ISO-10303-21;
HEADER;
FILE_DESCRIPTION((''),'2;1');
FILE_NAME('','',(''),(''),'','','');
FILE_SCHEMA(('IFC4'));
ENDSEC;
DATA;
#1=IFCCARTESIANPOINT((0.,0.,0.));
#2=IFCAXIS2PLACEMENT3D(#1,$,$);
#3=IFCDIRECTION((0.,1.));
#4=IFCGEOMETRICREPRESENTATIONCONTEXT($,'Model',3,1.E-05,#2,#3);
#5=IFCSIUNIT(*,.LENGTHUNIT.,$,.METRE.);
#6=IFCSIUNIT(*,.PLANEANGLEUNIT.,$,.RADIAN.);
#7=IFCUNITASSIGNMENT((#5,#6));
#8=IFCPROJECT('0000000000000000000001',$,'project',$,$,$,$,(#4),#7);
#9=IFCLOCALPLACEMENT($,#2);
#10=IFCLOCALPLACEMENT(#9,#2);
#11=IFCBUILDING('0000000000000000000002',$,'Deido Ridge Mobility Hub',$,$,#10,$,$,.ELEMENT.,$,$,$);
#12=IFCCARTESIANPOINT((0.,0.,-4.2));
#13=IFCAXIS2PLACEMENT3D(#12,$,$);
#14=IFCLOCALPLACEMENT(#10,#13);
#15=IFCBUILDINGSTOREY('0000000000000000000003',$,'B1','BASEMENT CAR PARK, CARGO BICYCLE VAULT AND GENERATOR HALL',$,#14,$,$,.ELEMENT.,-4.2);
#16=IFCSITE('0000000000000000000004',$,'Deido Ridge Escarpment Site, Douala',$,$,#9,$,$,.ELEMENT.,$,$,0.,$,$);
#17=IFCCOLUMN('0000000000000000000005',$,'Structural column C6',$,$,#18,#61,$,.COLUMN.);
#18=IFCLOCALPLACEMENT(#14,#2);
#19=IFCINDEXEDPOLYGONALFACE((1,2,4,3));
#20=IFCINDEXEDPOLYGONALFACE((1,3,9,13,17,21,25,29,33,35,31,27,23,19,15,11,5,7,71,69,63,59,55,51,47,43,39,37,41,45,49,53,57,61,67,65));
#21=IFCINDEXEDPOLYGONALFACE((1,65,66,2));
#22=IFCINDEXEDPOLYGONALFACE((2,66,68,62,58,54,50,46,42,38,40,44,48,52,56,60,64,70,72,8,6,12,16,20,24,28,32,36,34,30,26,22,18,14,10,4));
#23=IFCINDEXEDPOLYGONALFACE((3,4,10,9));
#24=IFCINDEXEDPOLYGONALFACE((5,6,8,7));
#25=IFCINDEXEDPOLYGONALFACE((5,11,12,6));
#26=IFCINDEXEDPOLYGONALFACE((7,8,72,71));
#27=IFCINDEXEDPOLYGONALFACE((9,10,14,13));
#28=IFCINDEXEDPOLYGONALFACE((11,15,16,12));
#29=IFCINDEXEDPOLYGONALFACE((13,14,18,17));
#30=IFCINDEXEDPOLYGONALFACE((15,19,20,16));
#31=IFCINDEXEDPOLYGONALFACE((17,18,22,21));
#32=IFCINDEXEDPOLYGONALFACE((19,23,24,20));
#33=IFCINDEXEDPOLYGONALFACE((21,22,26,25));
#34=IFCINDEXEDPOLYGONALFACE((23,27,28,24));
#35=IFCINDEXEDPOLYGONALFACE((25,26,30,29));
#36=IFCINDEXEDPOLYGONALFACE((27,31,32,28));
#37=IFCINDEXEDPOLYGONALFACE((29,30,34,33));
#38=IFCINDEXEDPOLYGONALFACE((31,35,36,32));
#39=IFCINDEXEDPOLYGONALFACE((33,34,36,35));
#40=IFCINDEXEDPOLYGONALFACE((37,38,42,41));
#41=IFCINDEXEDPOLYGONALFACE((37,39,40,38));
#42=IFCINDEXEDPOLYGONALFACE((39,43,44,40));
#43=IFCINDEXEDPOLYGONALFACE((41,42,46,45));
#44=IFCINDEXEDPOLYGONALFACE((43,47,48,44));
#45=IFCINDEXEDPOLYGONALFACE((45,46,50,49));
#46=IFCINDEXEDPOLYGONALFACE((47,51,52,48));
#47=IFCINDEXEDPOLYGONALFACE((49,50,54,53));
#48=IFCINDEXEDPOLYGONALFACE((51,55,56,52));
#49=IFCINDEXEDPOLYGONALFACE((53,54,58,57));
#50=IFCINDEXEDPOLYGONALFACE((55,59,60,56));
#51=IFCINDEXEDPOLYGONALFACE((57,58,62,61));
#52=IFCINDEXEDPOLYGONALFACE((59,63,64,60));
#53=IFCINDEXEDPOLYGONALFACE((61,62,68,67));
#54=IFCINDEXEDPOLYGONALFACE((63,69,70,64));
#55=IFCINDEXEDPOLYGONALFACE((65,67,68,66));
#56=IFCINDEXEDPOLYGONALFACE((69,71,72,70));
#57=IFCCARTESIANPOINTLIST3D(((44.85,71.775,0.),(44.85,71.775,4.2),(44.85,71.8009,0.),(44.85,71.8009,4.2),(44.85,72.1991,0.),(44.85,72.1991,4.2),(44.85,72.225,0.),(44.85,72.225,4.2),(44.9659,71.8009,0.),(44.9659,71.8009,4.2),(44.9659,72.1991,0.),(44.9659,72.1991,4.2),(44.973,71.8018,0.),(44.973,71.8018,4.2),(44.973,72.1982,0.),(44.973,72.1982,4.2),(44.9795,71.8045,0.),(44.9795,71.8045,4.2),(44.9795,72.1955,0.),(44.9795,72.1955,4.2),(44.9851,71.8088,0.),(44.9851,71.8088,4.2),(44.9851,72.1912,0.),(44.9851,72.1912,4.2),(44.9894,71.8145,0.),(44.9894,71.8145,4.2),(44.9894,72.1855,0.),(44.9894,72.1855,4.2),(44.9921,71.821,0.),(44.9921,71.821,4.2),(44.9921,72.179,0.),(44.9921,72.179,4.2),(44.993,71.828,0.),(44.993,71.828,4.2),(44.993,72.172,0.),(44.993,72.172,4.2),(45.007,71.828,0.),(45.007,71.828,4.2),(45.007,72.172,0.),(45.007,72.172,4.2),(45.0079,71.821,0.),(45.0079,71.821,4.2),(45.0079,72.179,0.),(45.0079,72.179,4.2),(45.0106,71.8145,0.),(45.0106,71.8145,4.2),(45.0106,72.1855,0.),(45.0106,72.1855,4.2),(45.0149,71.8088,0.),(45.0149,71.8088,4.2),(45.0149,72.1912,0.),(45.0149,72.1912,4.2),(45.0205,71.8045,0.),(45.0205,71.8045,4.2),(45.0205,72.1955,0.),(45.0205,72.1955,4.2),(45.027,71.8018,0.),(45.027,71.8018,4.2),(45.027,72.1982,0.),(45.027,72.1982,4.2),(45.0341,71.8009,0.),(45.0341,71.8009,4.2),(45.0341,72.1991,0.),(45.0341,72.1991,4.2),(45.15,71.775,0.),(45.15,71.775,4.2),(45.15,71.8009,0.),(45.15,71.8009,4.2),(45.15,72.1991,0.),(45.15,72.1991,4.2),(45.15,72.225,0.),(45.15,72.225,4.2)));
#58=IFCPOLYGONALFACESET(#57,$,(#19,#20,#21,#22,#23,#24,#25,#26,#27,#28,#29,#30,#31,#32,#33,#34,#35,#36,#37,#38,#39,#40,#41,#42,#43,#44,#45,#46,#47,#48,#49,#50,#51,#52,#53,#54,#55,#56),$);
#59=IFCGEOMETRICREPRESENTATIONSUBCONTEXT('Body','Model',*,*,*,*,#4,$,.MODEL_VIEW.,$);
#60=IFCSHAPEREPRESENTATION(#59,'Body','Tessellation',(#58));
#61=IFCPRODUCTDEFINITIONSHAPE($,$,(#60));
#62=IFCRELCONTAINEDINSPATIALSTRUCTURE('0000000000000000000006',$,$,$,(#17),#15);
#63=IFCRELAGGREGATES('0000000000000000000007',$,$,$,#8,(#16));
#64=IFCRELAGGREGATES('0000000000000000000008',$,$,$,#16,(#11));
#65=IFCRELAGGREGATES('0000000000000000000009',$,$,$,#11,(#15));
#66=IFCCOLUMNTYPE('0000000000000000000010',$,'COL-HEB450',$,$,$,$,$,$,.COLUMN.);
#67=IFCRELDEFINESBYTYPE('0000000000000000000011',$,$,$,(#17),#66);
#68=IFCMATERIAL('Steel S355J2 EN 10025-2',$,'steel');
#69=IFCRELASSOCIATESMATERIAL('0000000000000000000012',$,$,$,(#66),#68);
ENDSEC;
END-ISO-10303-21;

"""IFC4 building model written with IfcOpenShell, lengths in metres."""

from ifc_helpers import new_model, si_unit, direction, frame, origin, origin_2d, place, context, subcontext, project, spatial, i_section, extrude, material, material_profile, profile_set, type_object, element, save


model = new_model("IFC4")

# Units and contexts
model_context = context("Model", 3, precision=1e-05, world=origin(), true_north=direction((0.0, 1.0)))
body_context = subcontext(model_context, "Body", "Model", "MODEL_VIEW")
ifc_project = project(units=[si_unit("LENGTHUNIT", "METRE"), si_unit("PLANEANGLEUNIT", "RADIAN")], contexts=[model_context])

# Site, building, storey
site_placement = place(None, origin())
site = spatial("IfcSite", under=ifc_project, at=site_placement, Name="Deido Ridge Escarpment Site, Douala", CompositionType="ELEMENT", RefElevation=0.0)
building_placement = place(site_placement, origin())
building = spatial("IfcBuilding", under=site, at=building_placement, Name="Deido Ridge Mobility Hub", CompositionType="ELEMENT")
storey_placement = place(building_placement, frame((0.0, 0.0, -4.2)))
storey = spatial("IfcBuildingStorey", under=building, at=storey_placement, Name="B1", Description="BASEMENT CAR PARK, CARGO BICYCLE VAULT AND GENERATOR HALL", CompositionType="ELEMENT", Elevation=-4.2)

# Column
ifc_material_1 = material(Name="Steel S355J2 EN 10025-2", Category="steel")
ifc_material_profile_1 = material_profile(ifc_material_1, i_section(OverallWidth=0.3, OverallDepth=0.45, WebThickness=0.0139, FlangeThickness=0.0259, FilletRadius=0.0271, at=origin_2d()), Name="HEB 450")
ifc_profile_set_1 = profile_set([ifc_material_profile_1], Name="Steel S355J2 EN 10025-2")
column_type = type_object("IfcColumnType", Name="COL-HEB450", PredefinedType="COLUMN", material=ifc_profile_set_1)
for number, where, z_axis, x_axis, name in (
    (1, (45.0, 72.0, 0.0), (0.0, 0.0, 1.0), (1.0, 0.0, 0.0), "Structural column C6"),
):
    element("IfcColumn", number, at=place(storey_placement, frame(where, z_axis=z_axis, x_axis=x_axis)), inside=storey, type_object=column_type, Name=name, PredefinedType="COLUMN", context=body_context, shape_type="SweptSolid", body=[
        extrude(i_section(OverallWidth=0.3, OverallDepth=0.45, WebThickness=0.0139, FlangeThickness=0.0259, FilletRadius=0.0271, at=origin_2d()), origin(), (0.0, 0.0, 1.0), 4.2),
    ])

save(model, "model.ifc")
